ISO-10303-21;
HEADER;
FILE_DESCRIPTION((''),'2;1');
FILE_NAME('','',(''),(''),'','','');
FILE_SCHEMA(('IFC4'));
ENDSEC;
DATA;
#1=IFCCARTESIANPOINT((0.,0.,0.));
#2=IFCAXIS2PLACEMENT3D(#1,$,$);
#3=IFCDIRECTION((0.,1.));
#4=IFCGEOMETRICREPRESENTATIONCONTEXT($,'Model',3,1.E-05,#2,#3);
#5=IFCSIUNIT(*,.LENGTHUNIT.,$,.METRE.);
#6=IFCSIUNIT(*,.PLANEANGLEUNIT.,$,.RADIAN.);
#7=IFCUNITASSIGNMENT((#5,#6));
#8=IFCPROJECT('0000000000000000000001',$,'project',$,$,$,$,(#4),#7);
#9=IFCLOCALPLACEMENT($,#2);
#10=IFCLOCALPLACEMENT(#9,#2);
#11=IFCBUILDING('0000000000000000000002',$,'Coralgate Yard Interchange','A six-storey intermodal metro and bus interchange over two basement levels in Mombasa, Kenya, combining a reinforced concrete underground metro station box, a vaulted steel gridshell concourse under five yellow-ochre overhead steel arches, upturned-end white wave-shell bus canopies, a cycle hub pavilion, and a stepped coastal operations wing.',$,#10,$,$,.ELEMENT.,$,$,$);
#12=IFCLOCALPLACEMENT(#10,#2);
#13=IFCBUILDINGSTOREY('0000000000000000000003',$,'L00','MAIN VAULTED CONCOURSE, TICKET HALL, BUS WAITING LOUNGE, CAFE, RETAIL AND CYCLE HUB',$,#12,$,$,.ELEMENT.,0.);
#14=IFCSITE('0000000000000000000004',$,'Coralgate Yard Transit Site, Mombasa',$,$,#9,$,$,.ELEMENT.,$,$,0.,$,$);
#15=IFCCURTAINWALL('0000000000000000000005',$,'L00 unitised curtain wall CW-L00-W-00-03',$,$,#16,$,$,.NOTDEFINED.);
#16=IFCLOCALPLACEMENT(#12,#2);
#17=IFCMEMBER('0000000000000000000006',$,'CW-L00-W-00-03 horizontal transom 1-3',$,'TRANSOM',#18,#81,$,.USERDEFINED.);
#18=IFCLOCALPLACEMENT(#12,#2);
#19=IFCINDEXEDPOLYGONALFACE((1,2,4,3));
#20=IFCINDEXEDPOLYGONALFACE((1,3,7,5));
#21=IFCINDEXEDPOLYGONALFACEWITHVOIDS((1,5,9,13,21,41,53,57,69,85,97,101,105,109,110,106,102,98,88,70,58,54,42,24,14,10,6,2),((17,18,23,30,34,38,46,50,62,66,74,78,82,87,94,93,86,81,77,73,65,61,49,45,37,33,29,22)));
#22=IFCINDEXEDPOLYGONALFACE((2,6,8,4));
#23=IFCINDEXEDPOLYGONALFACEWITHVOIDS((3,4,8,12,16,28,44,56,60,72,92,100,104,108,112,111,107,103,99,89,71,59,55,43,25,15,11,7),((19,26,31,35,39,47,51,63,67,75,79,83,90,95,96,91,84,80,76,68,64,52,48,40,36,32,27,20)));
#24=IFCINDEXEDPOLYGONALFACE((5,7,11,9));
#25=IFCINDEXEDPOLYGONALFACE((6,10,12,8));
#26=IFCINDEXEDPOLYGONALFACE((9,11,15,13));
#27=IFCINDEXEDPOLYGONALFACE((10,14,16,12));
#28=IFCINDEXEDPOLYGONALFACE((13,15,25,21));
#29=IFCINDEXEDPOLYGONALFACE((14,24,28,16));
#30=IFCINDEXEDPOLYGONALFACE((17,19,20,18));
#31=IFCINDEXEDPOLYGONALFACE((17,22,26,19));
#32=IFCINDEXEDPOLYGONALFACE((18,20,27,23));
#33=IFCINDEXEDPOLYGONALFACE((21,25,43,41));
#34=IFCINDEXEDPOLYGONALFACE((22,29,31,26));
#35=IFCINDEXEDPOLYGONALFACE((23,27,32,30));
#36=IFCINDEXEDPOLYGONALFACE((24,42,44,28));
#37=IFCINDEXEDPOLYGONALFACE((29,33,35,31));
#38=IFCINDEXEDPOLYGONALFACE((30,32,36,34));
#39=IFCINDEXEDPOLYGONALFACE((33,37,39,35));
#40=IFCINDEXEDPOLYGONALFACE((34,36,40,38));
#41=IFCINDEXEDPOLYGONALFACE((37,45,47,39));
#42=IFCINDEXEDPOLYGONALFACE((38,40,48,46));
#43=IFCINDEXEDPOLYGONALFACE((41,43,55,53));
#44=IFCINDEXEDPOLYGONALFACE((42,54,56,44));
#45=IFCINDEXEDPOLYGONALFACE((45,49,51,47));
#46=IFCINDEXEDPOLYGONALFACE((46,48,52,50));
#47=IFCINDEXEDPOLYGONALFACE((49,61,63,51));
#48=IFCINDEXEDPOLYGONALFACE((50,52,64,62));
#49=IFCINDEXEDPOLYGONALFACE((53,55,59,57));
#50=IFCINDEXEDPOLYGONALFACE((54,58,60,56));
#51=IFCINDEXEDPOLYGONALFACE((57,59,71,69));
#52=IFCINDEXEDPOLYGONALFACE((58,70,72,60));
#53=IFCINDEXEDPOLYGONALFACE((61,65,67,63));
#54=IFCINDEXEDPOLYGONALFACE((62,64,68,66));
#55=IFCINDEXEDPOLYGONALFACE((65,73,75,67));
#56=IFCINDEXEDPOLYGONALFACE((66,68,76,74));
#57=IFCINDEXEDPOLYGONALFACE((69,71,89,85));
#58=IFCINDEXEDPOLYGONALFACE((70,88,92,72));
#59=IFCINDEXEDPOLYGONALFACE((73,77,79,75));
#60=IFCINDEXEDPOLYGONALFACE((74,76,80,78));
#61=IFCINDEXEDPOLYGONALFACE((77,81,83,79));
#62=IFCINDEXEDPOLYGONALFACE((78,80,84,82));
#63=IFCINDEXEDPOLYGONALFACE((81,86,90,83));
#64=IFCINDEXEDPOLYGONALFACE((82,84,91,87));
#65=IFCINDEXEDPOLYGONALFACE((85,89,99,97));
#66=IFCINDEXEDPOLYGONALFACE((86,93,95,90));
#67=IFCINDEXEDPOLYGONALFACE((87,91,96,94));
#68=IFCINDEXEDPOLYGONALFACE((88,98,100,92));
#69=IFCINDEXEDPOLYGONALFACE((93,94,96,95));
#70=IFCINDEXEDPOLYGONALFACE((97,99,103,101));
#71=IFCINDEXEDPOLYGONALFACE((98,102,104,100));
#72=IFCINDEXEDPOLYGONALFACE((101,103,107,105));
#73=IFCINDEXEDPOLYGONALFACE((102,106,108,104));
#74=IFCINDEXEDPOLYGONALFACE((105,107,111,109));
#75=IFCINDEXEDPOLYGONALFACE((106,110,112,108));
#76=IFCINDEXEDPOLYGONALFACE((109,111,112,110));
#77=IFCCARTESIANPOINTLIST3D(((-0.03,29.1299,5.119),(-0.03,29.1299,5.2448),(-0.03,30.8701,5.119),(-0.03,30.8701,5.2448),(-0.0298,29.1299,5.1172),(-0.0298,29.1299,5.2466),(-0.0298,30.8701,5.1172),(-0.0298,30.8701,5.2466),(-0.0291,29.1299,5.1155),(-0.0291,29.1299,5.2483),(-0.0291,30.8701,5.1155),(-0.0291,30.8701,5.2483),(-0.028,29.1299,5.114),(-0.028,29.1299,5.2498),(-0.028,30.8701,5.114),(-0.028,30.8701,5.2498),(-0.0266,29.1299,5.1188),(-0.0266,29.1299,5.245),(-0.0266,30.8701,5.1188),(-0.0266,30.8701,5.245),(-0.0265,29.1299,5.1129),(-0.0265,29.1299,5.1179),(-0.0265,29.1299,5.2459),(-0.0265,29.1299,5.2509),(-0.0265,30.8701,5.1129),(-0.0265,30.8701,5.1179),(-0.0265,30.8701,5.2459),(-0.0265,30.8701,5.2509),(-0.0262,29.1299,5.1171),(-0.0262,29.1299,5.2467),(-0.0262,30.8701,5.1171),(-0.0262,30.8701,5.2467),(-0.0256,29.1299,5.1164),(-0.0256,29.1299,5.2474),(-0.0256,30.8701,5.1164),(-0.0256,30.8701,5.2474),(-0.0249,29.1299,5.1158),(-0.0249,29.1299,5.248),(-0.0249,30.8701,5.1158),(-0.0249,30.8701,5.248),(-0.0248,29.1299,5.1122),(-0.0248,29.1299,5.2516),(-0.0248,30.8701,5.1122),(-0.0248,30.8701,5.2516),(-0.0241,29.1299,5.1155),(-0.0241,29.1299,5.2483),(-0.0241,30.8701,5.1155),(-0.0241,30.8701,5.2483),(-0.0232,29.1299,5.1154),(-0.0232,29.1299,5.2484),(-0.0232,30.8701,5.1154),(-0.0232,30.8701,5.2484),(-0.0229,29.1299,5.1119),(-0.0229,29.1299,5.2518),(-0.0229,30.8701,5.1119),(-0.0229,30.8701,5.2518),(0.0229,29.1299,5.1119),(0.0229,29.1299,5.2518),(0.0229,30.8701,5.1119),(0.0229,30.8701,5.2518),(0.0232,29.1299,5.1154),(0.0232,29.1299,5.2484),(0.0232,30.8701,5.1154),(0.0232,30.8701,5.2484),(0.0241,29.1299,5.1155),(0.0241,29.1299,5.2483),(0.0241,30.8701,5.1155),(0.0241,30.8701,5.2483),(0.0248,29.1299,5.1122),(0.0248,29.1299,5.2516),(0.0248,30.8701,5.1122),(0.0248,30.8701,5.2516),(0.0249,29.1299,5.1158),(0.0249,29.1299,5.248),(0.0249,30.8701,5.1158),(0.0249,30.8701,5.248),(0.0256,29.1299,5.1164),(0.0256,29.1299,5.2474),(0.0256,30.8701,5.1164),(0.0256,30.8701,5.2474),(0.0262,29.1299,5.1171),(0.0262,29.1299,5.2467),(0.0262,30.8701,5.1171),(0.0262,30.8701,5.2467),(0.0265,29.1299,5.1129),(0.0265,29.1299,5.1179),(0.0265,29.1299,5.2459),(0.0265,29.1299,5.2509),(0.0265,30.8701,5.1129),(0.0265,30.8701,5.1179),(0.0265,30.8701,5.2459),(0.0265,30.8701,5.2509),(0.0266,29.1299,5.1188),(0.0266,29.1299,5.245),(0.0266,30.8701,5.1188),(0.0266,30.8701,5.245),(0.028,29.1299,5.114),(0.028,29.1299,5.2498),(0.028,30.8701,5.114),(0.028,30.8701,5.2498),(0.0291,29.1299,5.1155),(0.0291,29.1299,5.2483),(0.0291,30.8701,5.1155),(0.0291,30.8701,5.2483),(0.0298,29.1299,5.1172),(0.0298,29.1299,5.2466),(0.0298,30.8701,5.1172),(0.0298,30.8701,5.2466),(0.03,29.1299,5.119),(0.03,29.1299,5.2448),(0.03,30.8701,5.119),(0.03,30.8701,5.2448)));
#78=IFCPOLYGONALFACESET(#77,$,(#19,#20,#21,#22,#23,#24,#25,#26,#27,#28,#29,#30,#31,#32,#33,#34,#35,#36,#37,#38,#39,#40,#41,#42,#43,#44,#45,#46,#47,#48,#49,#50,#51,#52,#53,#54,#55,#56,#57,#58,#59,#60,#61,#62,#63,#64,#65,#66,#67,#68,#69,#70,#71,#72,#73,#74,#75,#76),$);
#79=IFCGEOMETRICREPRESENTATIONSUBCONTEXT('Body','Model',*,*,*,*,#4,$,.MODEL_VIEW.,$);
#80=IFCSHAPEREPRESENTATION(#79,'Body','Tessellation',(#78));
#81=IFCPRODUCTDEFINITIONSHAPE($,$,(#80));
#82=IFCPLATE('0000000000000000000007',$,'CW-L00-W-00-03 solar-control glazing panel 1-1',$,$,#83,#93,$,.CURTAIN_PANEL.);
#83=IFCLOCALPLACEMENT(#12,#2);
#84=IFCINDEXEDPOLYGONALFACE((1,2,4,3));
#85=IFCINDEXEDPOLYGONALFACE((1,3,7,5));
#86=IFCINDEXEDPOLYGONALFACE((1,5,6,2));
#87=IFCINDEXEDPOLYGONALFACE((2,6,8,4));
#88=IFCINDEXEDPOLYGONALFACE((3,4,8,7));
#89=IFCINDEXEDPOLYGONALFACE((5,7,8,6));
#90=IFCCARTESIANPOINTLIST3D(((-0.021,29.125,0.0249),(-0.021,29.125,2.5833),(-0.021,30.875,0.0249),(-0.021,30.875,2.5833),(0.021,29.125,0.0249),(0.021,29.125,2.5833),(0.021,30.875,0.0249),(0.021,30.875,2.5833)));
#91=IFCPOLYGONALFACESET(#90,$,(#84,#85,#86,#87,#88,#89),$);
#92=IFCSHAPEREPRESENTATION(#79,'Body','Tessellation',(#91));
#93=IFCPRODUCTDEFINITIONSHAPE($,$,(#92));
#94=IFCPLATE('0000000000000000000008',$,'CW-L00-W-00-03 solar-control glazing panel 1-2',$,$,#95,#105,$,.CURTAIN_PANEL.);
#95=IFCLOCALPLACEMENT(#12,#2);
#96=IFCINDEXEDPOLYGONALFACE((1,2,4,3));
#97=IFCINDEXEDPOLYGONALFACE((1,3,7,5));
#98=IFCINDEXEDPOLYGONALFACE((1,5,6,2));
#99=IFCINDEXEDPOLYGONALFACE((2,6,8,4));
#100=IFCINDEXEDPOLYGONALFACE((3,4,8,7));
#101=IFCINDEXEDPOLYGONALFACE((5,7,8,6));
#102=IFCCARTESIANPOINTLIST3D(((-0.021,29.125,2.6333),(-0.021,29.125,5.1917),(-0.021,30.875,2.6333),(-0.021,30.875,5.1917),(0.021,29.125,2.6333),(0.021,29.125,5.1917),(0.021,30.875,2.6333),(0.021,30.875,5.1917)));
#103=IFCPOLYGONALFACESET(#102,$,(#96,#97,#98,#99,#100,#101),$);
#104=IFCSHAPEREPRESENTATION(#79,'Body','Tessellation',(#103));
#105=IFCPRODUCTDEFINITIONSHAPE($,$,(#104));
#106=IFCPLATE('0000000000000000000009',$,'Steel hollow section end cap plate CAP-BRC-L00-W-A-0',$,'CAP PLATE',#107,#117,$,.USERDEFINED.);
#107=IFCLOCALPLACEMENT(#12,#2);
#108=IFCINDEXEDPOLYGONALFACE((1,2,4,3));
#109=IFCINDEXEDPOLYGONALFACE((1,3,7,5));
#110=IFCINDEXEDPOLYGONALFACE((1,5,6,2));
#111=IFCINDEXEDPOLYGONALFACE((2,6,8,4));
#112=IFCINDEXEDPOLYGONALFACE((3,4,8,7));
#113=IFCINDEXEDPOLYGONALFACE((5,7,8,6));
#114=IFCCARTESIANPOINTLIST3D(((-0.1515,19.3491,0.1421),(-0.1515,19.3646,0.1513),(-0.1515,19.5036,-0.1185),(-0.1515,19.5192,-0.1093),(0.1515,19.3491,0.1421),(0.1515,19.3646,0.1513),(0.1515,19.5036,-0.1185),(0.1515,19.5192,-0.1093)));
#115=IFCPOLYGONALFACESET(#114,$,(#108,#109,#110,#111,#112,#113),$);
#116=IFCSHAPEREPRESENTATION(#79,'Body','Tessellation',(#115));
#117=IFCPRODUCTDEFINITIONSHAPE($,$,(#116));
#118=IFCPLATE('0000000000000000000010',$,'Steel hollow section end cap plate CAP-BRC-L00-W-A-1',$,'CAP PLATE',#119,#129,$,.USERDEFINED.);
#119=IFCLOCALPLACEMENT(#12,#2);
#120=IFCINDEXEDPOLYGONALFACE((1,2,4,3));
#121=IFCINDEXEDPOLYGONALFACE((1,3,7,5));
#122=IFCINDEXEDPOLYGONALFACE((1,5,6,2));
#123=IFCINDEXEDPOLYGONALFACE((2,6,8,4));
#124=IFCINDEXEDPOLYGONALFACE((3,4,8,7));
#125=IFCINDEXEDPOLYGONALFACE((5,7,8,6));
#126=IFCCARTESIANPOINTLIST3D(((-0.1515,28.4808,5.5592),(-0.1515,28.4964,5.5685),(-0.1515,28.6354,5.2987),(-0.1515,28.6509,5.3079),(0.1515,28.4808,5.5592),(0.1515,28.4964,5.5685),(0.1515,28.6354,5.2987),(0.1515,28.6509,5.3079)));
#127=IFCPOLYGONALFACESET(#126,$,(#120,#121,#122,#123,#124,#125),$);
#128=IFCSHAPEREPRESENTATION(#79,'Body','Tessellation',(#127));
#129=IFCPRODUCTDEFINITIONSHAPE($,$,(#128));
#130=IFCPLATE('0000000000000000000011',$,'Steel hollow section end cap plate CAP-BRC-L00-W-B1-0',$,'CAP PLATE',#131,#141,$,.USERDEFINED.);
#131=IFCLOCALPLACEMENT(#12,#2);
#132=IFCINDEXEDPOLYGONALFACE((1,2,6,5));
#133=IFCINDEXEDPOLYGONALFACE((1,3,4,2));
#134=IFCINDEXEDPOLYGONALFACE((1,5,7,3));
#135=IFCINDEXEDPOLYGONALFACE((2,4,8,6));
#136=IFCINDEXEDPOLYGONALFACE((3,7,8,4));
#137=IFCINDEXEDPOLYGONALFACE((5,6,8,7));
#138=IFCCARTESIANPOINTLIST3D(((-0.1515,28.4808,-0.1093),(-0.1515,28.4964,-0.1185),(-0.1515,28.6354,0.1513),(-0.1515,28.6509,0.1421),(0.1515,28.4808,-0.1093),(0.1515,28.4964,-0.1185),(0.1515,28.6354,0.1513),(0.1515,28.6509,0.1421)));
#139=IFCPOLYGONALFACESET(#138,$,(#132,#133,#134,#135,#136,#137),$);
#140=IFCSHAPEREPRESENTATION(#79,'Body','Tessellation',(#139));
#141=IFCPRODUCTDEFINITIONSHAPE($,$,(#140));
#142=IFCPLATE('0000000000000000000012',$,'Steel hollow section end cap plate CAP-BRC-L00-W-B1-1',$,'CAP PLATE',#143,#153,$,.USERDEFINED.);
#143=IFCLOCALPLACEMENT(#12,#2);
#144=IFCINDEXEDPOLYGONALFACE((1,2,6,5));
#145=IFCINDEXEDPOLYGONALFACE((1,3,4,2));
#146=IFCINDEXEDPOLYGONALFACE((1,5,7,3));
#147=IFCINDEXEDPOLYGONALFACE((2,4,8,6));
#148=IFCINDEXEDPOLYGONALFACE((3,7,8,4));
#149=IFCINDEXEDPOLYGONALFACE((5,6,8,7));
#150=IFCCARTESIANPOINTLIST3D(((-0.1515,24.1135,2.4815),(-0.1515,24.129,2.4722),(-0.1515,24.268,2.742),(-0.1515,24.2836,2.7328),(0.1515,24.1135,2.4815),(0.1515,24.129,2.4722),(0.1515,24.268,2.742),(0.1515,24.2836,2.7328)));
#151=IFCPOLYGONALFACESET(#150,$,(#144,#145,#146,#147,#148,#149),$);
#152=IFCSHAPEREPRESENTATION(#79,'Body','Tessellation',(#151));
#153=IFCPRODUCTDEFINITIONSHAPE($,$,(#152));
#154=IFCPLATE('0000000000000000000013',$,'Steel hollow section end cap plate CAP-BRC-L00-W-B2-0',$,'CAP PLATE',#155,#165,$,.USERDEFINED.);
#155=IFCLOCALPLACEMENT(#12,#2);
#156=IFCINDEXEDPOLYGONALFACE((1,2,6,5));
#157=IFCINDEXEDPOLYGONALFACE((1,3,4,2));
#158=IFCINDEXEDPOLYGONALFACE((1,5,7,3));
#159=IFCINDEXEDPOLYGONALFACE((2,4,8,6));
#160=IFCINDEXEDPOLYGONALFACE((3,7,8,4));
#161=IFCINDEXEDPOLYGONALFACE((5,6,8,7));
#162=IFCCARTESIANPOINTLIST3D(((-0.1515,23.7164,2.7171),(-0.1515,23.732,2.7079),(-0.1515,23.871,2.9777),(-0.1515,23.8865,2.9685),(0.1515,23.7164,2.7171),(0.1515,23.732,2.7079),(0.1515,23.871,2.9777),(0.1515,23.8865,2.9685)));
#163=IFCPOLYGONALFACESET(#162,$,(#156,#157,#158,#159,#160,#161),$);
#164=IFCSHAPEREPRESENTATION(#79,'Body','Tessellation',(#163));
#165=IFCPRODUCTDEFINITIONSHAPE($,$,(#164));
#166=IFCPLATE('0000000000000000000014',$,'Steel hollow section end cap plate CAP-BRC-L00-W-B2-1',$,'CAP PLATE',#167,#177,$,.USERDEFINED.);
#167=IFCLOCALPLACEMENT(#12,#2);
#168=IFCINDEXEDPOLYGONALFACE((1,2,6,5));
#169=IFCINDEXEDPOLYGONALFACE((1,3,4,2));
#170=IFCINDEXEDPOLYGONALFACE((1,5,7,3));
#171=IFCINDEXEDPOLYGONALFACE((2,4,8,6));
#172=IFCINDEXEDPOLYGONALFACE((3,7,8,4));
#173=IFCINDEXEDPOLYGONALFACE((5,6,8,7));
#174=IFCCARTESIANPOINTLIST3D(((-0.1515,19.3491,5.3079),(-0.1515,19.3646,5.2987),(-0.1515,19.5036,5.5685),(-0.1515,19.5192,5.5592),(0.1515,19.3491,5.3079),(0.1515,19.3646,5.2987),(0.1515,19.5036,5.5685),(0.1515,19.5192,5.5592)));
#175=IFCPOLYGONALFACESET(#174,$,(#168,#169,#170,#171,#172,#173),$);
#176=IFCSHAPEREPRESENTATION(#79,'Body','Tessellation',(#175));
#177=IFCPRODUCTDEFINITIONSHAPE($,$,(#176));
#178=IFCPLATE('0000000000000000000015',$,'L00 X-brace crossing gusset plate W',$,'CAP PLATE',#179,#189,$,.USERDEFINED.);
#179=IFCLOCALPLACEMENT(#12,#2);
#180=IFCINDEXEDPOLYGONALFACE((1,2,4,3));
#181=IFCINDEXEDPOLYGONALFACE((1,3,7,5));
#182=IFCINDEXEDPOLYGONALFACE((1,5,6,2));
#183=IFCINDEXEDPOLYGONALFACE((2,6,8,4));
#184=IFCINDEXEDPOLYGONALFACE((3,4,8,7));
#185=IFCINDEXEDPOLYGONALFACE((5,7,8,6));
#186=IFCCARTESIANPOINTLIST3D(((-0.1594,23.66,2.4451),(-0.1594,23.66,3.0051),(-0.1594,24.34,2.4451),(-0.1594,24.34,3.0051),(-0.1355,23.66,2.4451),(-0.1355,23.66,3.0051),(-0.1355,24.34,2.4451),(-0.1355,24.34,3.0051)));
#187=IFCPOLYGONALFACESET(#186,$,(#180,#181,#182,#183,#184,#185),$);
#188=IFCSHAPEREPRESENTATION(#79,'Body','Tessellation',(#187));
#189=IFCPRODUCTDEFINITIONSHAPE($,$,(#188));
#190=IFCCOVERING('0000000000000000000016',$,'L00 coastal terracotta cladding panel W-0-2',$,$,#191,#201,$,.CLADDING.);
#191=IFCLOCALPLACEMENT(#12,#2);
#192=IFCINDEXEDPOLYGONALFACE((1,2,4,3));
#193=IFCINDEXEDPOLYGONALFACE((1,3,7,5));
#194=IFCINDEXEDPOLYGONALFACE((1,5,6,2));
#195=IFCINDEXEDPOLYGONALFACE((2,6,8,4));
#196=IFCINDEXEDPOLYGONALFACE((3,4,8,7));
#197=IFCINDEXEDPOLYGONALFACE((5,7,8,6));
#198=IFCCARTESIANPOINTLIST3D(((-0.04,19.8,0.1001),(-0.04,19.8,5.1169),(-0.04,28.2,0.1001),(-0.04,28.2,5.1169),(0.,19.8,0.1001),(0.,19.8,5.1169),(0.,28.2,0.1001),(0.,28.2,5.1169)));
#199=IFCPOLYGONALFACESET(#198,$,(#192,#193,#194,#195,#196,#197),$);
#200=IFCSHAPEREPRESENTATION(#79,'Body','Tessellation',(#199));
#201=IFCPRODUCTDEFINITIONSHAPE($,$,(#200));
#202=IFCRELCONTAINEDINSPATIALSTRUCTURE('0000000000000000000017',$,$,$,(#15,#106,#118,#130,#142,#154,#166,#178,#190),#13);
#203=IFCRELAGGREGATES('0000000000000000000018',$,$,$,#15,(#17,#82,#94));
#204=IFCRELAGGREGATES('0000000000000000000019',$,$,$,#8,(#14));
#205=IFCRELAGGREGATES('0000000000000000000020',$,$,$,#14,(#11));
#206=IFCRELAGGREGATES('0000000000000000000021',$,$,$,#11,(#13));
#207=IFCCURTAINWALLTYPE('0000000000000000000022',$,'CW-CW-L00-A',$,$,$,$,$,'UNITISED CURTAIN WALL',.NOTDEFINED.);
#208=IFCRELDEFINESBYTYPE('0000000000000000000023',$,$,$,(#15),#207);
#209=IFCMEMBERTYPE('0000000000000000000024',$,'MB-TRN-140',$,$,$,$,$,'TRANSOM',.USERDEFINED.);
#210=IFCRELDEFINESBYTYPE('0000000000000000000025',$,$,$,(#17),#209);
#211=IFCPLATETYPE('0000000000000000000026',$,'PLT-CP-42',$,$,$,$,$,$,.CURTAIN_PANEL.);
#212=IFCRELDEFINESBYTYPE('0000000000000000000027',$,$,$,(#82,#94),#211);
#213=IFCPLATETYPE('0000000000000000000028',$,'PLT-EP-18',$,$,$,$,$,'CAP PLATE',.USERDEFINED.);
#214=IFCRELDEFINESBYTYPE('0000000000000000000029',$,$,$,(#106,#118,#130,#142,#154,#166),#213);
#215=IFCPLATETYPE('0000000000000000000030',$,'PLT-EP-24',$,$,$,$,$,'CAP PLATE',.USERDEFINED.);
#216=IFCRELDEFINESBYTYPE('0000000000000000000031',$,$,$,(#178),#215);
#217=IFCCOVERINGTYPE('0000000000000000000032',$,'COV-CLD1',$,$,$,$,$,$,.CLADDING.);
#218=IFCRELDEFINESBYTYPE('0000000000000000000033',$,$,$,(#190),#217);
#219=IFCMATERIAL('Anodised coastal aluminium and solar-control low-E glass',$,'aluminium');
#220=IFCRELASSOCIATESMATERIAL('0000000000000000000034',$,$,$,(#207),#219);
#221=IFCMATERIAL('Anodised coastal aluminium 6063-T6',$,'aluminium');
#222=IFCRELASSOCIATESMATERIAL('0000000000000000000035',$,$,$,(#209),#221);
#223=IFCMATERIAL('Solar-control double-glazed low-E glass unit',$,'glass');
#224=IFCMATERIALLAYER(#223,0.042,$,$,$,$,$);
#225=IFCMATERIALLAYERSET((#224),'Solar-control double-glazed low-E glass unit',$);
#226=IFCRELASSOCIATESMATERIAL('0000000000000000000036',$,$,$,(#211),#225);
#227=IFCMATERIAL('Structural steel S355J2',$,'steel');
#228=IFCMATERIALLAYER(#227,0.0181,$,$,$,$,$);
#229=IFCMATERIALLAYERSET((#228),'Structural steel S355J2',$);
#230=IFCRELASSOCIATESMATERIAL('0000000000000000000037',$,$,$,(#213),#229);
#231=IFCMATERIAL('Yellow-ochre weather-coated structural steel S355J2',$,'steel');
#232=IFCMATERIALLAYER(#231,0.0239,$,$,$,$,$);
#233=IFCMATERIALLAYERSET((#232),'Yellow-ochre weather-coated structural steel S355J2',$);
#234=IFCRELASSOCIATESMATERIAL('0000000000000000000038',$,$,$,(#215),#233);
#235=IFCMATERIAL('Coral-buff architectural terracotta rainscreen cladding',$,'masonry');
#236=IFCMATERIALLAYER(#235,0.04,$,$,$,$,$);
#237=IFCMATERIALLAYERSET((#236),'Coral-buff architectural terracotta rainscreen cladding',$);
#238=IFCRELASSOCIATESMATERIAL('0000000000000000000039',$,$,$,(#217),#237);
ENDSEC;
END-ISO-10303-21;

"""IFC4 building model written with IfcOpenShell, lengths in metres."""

from ifc_helpers import new_model, si_unit, direction, frame, origin, origin_2d, place, context, subcontext, project, spatial, rectangle, hollow_rectangle, extrude, material, layer, layer_set, material_profile, profile_set, type_object, element, aggregate, save


model = new_model("IFC4")

# Units and contexts
model_context = context("Model", 3, precision=1e-05, world=origin(), true_north=direction((0.0, 1.0)))
body_context = subcontext(model_context, "Body", "Model", "MODEL_VIEW")
ifc_project = project(units=[si_unit("LENGTHUNIT", "METRE"), si_unit("PLANEANGLEUNIT", "RADIAN")], contexts=[model_context])

# Site, building, storey
site_placement = place(None, origin())
site = spatial("IfcSite", under=ifc_project, at=site_placement, Name="Coralgate Yard Transit Site, Mombasa", CompositionType="ELEMENT", RefElevation=0.0)
building_placement = place(site_placement, origin())
building = spatial("IfcBuilding", under=site, at=building_placement, Name="Coralgate Yard Interchange", Description="A six-storey intermodal metro and bus interchange over two basement levels in Mombasa, Kenya, combining a reinforced concrete underground metro station box, a vaulted steel gridshell concourse under five yellow-ochre overhead steel arches, upturned-end white wave-shell bus canopies, a cycle hub pavilion, and a stepped coastal operations wing.", CompositionType="ELEMENT")
storey_placement = place(building_placement, origin())
storey = spatial("IfcBuildingStorey", under=building, at=storey_placement, Name="L00", Description="MAIN VAULTED CONCOURSE, TICKET HALL, BUS WAITING LOUNGE, CAFE, RETAIL AND CYCLE HUB", CompositionType="ELEMENT", Elevation=0.0)

# Shared definitions
ifc_material_1 = material(Name="Structural steel S355J2", Category="steel")

# Curtain wall, member, plates
ifc_material_2 = material(Name="Anodised coastal aluminium and solar-control low-E glass", Category="aluminium")
curtain_wall_type = type_object("IfcCurtainWallType", Name="CW-CW-L00-A", ElementType="UNITISED CURTAIN WALL", PredefinedType="NOTDEFINED", material=ifc_material_2)
curtain_wall_placement = place(storey_placement, origin())
curtain_wall = element("IfcCurtainWall", 1, at=curtain_wall_placement, inside=storey, type_object=curtain_wall_type, Name="L00 unitised curtain wall CW-L00-W-00-03", PredefinedType="NOTDEFINED")
ifc_material_3 = material(Name="Anodised coastal aluminium 6063-T6", Category="aluminium")
ifc_material_profile_1 = material_profile(ifc_material_3, hollow_rectangle(XDim=0.0601, YDim=0.1399, WallThickness=0.0034, InnerFilletRadius=0.0034, OuterFilletRadius=0.0071, at=origin_2d()), Name="ALU 60x140x3.5")
ifc_profile_set_1 = profile_set([ifc_material_profile_1], Name="Anodised coastal aluminium 6063-T6")
member_type_1 = type_object("IfcMemberType", Name="MB-TRN-140", ElementType="TRANSOM", PredefinedType="USERDEFINED", material=ifc_profile_set_1)
member_1_placement = place(storey_placement, frame((0.0, 29.1299, 5.1819), z_axis=(0.0, 1.0, 0.0), x_axis=(-1.0, 0.0, 0.0)))
member_1 = element("IfcMember", 2, at=member_1_placement, type_object=member_type_1, Name="CW-L00-W-00-03 horizontal transom 1-3", ObjectType="TRANSOM", PredefinedType="USERDEFINED", context=body_context, shape_type="SweptSolid", body=[
    extrude(hollow_rectangle(XDim=0.0601, YDim=0.1399, WallThickness=0.0034, InnerFilletRadius=0.0034, OuterFilletRadius=0.0071, at=origin_2d()), origin(), (0.0, 0.0, 1.0), 1.7402),
])
ifc_material_4 = material(Name="Solar-control double-glazed low-E glass unit", Category="glass")
ifc_layer_1 = layer(ifc_material_4, 0.042)
ifc_layer_set_1 = layer_set([ifc_layer_1], Name="Solar-control double-glazed low-E glass unit")
plate_type_1 = type_object("IfcPlateType", Name="PLT-CP-42", PredefinedType="CURTAIN_PANEL", material=ifc_layer_set_1)
plate_1_placement = place(storey_placement, frame((0.0, 30.0, 0.0249), z_axis=(0.0, 0.0, 1.0), x_axis=(0.0, 1.0, 0.0)))
plate_1 = element("IfcPlate", 3, at=plate_1_placement, type_object=plate_type_1, Name="CW-L00-W-00-03 solar-control glazing panel 1-1", PredefinedType="CURTAIN_PANEL", context=body_context, shape_type="SweptSolid", body=[
    extrude(rectangle(XDim=1.75, YDim=0.042, at=origin_2d()), origin(), (0.0, 0.0, 1.0), 2.5583),
])
plate_2_placement = place(storey_placement, frame((0.0, 30.0, 2.6333), z_axis=(0.0, 0.0, 1.0), x_axis=(0.0, 1.0, 0.0)))
plate_2 = element("IfcPlate", 4, at=plate_2_placement, type_object=plate_type_1, Name="CW-L00-W-00-03 solar-control glazing panel 1-2", PredefinedType="CURTAIN_PANEL", context=body_context, shape_type="SweptSolid", body=[
    extrude(rectangle(XDim=1.75, YDim=0.042, at=origin_2d()), origin(), (0.0, 0.0, 1.0), 2.5583),
])
aggregate(curtain_wall, [member_1, plate_1, plate_2])

# Plates
ifc_layer_2 = layer(ifc_material_1, 0.0181)
ifc_layer_set_2 = layer_set([ifc_layer_2], Name="Structural steel S355J2")
plate_type_2 = type_object("IfcPlateType", Name="PLT-EP-18", ElementType="CAP PLATE", PredefinedType="USERDEFINED", material=ifc_layer_set_2)
for number, where, z_axis, x_axis, name in (
    (5, (0.0, 19.4419, 0.021), (0.0, -0.860062, -0.51019), (1.0, 0.0, 0.0), "Steel hollow section end cap plate CAP-BRC-L00-W-A-0"),
    (6, (0.0, 28.5581, 5.429), (0.0, 0.860062, 0.51019), (-1.0, 0.0, 0.0), "Steel hollow section end cap plate CAP-BRC-L00-W-A-1"),
    (7, (0.0, 28.5581, 0.021), (0.0, 0.860062, -0.51019), (-1.0, 0.0, 0.0), "Steel hollow section end cap plate CAP-BRC-L00-W-B1-0"),
    (8, (0.0, 24.2063, 2.6025), (0.0, -0.860062, 0.51019), (1.0, 0.0, 0.0), "Steel hollow section end cap plate CAP-BRC-L00-W-B1-1"),
    (9, (0.0, 23.7937, 2.8474), (0.0, 0.860062, -0.51019), (-1.0, 0.0, 0.0), "Steel hollow section end cap plate CAP-BRC-L00-W-B2-0"),
    (10, (0.0, 19.4419, 5.429), (0.0, -0.860062, 0.51019), (1.0, 0.0, 0.0), "Steel hollow section end cap plate CAP-BRC-L00-W-B2-1"),
):
    element("IfcPlate", number, at=place(storey_placement, frame(where, z_axis=z_axis, x_axis=x_axis)), inside=storey, type_object=plate_type_2, Name=name, ObjectType="CAP PLATE", PredefinedType="USERDEFINED", context=body_context, shape_type="SweptSolid", body=[
        extrude(rectangle(XDim=0.303, YDim=0.303, at=origin_2d()), origin(), (0.0, 0.0, 1.0), 0.0181),
    ])
ifc_material_5 = material(Name="Yellow-ochre weather-coated structural steel S355J2", Category="steel")
ifc_layer_3 = layer(ifc_material_5, 0.0239)
ifc_layer_set_3 = layer_set([ifc_layer_3], Name="Yellow-ochre weather-coated structural steel S355J2")
plate_type_3 = type_object("IfcPlateType", Name="PLT-EP-24", ElementType="CAP PLATE", PredefinedType="USERDEFINED", material=ifc_layer_set_3)
plate_3_placement = place(storey_placement, frame((-0.1475, 24.0, 2.4451), z_axis=(0.0, 0.0, 1.0), x_axis=(0.0, 1.0, 0.0)))
element("IfcPlate", 11, at=plate_3_placement, inside=storey, type_object=plate_type_3, Name="L00 X-brace crossing gusset plate W", ObjectType="CAP PLATE", PredefinedType="USERDEFINED", context=body_context, shape_type="SweptSolid", body=[
    extrude(rectangle(XDim=0.6799, YDim=0.0239, at=origin_2d()), origin(), (0.0, 0.0, 1.0), 0.5601),
])

# Covering
ifc_material_6 = material(Name="Coral-buff architectural terracotta rainscreen cladding", Category="masonry")
ifc_layer_4 = layer(ifc_material_6, 0.04)
ifc_layer_set_4 = layer_set([ifc_layer_4], Name="Coral-buff architectural terracotta rainscreen cladding")
covering_type = type_object("IfcCoveringType", Name="COV-CLD1", PredefinedType="CLADDING", material=ifc_layer_set_4)
covering_placement = place(storey_placement, frame((-0.02, 24.0, 0.1001), z_axis=(0.0, 0.0, 1.0), x_axis=(0.0, 1.0, 0.0)))
element("IfcCovering", 12, at=covering_placement, inside=storey, type_object=covering_type, Name="L00 coastal terracotta cladding panel W-0-2", PredefinedType="CLADDING", context=body_context, shape_type="SweptSolid", body=[
    extrude(rectangle(XDim=8.3999, YDim=0.04, at=origin_2d()), origin(), (0.0, 0.0, 1.0), 5.0168),
])

save(model, "model.ifc")
